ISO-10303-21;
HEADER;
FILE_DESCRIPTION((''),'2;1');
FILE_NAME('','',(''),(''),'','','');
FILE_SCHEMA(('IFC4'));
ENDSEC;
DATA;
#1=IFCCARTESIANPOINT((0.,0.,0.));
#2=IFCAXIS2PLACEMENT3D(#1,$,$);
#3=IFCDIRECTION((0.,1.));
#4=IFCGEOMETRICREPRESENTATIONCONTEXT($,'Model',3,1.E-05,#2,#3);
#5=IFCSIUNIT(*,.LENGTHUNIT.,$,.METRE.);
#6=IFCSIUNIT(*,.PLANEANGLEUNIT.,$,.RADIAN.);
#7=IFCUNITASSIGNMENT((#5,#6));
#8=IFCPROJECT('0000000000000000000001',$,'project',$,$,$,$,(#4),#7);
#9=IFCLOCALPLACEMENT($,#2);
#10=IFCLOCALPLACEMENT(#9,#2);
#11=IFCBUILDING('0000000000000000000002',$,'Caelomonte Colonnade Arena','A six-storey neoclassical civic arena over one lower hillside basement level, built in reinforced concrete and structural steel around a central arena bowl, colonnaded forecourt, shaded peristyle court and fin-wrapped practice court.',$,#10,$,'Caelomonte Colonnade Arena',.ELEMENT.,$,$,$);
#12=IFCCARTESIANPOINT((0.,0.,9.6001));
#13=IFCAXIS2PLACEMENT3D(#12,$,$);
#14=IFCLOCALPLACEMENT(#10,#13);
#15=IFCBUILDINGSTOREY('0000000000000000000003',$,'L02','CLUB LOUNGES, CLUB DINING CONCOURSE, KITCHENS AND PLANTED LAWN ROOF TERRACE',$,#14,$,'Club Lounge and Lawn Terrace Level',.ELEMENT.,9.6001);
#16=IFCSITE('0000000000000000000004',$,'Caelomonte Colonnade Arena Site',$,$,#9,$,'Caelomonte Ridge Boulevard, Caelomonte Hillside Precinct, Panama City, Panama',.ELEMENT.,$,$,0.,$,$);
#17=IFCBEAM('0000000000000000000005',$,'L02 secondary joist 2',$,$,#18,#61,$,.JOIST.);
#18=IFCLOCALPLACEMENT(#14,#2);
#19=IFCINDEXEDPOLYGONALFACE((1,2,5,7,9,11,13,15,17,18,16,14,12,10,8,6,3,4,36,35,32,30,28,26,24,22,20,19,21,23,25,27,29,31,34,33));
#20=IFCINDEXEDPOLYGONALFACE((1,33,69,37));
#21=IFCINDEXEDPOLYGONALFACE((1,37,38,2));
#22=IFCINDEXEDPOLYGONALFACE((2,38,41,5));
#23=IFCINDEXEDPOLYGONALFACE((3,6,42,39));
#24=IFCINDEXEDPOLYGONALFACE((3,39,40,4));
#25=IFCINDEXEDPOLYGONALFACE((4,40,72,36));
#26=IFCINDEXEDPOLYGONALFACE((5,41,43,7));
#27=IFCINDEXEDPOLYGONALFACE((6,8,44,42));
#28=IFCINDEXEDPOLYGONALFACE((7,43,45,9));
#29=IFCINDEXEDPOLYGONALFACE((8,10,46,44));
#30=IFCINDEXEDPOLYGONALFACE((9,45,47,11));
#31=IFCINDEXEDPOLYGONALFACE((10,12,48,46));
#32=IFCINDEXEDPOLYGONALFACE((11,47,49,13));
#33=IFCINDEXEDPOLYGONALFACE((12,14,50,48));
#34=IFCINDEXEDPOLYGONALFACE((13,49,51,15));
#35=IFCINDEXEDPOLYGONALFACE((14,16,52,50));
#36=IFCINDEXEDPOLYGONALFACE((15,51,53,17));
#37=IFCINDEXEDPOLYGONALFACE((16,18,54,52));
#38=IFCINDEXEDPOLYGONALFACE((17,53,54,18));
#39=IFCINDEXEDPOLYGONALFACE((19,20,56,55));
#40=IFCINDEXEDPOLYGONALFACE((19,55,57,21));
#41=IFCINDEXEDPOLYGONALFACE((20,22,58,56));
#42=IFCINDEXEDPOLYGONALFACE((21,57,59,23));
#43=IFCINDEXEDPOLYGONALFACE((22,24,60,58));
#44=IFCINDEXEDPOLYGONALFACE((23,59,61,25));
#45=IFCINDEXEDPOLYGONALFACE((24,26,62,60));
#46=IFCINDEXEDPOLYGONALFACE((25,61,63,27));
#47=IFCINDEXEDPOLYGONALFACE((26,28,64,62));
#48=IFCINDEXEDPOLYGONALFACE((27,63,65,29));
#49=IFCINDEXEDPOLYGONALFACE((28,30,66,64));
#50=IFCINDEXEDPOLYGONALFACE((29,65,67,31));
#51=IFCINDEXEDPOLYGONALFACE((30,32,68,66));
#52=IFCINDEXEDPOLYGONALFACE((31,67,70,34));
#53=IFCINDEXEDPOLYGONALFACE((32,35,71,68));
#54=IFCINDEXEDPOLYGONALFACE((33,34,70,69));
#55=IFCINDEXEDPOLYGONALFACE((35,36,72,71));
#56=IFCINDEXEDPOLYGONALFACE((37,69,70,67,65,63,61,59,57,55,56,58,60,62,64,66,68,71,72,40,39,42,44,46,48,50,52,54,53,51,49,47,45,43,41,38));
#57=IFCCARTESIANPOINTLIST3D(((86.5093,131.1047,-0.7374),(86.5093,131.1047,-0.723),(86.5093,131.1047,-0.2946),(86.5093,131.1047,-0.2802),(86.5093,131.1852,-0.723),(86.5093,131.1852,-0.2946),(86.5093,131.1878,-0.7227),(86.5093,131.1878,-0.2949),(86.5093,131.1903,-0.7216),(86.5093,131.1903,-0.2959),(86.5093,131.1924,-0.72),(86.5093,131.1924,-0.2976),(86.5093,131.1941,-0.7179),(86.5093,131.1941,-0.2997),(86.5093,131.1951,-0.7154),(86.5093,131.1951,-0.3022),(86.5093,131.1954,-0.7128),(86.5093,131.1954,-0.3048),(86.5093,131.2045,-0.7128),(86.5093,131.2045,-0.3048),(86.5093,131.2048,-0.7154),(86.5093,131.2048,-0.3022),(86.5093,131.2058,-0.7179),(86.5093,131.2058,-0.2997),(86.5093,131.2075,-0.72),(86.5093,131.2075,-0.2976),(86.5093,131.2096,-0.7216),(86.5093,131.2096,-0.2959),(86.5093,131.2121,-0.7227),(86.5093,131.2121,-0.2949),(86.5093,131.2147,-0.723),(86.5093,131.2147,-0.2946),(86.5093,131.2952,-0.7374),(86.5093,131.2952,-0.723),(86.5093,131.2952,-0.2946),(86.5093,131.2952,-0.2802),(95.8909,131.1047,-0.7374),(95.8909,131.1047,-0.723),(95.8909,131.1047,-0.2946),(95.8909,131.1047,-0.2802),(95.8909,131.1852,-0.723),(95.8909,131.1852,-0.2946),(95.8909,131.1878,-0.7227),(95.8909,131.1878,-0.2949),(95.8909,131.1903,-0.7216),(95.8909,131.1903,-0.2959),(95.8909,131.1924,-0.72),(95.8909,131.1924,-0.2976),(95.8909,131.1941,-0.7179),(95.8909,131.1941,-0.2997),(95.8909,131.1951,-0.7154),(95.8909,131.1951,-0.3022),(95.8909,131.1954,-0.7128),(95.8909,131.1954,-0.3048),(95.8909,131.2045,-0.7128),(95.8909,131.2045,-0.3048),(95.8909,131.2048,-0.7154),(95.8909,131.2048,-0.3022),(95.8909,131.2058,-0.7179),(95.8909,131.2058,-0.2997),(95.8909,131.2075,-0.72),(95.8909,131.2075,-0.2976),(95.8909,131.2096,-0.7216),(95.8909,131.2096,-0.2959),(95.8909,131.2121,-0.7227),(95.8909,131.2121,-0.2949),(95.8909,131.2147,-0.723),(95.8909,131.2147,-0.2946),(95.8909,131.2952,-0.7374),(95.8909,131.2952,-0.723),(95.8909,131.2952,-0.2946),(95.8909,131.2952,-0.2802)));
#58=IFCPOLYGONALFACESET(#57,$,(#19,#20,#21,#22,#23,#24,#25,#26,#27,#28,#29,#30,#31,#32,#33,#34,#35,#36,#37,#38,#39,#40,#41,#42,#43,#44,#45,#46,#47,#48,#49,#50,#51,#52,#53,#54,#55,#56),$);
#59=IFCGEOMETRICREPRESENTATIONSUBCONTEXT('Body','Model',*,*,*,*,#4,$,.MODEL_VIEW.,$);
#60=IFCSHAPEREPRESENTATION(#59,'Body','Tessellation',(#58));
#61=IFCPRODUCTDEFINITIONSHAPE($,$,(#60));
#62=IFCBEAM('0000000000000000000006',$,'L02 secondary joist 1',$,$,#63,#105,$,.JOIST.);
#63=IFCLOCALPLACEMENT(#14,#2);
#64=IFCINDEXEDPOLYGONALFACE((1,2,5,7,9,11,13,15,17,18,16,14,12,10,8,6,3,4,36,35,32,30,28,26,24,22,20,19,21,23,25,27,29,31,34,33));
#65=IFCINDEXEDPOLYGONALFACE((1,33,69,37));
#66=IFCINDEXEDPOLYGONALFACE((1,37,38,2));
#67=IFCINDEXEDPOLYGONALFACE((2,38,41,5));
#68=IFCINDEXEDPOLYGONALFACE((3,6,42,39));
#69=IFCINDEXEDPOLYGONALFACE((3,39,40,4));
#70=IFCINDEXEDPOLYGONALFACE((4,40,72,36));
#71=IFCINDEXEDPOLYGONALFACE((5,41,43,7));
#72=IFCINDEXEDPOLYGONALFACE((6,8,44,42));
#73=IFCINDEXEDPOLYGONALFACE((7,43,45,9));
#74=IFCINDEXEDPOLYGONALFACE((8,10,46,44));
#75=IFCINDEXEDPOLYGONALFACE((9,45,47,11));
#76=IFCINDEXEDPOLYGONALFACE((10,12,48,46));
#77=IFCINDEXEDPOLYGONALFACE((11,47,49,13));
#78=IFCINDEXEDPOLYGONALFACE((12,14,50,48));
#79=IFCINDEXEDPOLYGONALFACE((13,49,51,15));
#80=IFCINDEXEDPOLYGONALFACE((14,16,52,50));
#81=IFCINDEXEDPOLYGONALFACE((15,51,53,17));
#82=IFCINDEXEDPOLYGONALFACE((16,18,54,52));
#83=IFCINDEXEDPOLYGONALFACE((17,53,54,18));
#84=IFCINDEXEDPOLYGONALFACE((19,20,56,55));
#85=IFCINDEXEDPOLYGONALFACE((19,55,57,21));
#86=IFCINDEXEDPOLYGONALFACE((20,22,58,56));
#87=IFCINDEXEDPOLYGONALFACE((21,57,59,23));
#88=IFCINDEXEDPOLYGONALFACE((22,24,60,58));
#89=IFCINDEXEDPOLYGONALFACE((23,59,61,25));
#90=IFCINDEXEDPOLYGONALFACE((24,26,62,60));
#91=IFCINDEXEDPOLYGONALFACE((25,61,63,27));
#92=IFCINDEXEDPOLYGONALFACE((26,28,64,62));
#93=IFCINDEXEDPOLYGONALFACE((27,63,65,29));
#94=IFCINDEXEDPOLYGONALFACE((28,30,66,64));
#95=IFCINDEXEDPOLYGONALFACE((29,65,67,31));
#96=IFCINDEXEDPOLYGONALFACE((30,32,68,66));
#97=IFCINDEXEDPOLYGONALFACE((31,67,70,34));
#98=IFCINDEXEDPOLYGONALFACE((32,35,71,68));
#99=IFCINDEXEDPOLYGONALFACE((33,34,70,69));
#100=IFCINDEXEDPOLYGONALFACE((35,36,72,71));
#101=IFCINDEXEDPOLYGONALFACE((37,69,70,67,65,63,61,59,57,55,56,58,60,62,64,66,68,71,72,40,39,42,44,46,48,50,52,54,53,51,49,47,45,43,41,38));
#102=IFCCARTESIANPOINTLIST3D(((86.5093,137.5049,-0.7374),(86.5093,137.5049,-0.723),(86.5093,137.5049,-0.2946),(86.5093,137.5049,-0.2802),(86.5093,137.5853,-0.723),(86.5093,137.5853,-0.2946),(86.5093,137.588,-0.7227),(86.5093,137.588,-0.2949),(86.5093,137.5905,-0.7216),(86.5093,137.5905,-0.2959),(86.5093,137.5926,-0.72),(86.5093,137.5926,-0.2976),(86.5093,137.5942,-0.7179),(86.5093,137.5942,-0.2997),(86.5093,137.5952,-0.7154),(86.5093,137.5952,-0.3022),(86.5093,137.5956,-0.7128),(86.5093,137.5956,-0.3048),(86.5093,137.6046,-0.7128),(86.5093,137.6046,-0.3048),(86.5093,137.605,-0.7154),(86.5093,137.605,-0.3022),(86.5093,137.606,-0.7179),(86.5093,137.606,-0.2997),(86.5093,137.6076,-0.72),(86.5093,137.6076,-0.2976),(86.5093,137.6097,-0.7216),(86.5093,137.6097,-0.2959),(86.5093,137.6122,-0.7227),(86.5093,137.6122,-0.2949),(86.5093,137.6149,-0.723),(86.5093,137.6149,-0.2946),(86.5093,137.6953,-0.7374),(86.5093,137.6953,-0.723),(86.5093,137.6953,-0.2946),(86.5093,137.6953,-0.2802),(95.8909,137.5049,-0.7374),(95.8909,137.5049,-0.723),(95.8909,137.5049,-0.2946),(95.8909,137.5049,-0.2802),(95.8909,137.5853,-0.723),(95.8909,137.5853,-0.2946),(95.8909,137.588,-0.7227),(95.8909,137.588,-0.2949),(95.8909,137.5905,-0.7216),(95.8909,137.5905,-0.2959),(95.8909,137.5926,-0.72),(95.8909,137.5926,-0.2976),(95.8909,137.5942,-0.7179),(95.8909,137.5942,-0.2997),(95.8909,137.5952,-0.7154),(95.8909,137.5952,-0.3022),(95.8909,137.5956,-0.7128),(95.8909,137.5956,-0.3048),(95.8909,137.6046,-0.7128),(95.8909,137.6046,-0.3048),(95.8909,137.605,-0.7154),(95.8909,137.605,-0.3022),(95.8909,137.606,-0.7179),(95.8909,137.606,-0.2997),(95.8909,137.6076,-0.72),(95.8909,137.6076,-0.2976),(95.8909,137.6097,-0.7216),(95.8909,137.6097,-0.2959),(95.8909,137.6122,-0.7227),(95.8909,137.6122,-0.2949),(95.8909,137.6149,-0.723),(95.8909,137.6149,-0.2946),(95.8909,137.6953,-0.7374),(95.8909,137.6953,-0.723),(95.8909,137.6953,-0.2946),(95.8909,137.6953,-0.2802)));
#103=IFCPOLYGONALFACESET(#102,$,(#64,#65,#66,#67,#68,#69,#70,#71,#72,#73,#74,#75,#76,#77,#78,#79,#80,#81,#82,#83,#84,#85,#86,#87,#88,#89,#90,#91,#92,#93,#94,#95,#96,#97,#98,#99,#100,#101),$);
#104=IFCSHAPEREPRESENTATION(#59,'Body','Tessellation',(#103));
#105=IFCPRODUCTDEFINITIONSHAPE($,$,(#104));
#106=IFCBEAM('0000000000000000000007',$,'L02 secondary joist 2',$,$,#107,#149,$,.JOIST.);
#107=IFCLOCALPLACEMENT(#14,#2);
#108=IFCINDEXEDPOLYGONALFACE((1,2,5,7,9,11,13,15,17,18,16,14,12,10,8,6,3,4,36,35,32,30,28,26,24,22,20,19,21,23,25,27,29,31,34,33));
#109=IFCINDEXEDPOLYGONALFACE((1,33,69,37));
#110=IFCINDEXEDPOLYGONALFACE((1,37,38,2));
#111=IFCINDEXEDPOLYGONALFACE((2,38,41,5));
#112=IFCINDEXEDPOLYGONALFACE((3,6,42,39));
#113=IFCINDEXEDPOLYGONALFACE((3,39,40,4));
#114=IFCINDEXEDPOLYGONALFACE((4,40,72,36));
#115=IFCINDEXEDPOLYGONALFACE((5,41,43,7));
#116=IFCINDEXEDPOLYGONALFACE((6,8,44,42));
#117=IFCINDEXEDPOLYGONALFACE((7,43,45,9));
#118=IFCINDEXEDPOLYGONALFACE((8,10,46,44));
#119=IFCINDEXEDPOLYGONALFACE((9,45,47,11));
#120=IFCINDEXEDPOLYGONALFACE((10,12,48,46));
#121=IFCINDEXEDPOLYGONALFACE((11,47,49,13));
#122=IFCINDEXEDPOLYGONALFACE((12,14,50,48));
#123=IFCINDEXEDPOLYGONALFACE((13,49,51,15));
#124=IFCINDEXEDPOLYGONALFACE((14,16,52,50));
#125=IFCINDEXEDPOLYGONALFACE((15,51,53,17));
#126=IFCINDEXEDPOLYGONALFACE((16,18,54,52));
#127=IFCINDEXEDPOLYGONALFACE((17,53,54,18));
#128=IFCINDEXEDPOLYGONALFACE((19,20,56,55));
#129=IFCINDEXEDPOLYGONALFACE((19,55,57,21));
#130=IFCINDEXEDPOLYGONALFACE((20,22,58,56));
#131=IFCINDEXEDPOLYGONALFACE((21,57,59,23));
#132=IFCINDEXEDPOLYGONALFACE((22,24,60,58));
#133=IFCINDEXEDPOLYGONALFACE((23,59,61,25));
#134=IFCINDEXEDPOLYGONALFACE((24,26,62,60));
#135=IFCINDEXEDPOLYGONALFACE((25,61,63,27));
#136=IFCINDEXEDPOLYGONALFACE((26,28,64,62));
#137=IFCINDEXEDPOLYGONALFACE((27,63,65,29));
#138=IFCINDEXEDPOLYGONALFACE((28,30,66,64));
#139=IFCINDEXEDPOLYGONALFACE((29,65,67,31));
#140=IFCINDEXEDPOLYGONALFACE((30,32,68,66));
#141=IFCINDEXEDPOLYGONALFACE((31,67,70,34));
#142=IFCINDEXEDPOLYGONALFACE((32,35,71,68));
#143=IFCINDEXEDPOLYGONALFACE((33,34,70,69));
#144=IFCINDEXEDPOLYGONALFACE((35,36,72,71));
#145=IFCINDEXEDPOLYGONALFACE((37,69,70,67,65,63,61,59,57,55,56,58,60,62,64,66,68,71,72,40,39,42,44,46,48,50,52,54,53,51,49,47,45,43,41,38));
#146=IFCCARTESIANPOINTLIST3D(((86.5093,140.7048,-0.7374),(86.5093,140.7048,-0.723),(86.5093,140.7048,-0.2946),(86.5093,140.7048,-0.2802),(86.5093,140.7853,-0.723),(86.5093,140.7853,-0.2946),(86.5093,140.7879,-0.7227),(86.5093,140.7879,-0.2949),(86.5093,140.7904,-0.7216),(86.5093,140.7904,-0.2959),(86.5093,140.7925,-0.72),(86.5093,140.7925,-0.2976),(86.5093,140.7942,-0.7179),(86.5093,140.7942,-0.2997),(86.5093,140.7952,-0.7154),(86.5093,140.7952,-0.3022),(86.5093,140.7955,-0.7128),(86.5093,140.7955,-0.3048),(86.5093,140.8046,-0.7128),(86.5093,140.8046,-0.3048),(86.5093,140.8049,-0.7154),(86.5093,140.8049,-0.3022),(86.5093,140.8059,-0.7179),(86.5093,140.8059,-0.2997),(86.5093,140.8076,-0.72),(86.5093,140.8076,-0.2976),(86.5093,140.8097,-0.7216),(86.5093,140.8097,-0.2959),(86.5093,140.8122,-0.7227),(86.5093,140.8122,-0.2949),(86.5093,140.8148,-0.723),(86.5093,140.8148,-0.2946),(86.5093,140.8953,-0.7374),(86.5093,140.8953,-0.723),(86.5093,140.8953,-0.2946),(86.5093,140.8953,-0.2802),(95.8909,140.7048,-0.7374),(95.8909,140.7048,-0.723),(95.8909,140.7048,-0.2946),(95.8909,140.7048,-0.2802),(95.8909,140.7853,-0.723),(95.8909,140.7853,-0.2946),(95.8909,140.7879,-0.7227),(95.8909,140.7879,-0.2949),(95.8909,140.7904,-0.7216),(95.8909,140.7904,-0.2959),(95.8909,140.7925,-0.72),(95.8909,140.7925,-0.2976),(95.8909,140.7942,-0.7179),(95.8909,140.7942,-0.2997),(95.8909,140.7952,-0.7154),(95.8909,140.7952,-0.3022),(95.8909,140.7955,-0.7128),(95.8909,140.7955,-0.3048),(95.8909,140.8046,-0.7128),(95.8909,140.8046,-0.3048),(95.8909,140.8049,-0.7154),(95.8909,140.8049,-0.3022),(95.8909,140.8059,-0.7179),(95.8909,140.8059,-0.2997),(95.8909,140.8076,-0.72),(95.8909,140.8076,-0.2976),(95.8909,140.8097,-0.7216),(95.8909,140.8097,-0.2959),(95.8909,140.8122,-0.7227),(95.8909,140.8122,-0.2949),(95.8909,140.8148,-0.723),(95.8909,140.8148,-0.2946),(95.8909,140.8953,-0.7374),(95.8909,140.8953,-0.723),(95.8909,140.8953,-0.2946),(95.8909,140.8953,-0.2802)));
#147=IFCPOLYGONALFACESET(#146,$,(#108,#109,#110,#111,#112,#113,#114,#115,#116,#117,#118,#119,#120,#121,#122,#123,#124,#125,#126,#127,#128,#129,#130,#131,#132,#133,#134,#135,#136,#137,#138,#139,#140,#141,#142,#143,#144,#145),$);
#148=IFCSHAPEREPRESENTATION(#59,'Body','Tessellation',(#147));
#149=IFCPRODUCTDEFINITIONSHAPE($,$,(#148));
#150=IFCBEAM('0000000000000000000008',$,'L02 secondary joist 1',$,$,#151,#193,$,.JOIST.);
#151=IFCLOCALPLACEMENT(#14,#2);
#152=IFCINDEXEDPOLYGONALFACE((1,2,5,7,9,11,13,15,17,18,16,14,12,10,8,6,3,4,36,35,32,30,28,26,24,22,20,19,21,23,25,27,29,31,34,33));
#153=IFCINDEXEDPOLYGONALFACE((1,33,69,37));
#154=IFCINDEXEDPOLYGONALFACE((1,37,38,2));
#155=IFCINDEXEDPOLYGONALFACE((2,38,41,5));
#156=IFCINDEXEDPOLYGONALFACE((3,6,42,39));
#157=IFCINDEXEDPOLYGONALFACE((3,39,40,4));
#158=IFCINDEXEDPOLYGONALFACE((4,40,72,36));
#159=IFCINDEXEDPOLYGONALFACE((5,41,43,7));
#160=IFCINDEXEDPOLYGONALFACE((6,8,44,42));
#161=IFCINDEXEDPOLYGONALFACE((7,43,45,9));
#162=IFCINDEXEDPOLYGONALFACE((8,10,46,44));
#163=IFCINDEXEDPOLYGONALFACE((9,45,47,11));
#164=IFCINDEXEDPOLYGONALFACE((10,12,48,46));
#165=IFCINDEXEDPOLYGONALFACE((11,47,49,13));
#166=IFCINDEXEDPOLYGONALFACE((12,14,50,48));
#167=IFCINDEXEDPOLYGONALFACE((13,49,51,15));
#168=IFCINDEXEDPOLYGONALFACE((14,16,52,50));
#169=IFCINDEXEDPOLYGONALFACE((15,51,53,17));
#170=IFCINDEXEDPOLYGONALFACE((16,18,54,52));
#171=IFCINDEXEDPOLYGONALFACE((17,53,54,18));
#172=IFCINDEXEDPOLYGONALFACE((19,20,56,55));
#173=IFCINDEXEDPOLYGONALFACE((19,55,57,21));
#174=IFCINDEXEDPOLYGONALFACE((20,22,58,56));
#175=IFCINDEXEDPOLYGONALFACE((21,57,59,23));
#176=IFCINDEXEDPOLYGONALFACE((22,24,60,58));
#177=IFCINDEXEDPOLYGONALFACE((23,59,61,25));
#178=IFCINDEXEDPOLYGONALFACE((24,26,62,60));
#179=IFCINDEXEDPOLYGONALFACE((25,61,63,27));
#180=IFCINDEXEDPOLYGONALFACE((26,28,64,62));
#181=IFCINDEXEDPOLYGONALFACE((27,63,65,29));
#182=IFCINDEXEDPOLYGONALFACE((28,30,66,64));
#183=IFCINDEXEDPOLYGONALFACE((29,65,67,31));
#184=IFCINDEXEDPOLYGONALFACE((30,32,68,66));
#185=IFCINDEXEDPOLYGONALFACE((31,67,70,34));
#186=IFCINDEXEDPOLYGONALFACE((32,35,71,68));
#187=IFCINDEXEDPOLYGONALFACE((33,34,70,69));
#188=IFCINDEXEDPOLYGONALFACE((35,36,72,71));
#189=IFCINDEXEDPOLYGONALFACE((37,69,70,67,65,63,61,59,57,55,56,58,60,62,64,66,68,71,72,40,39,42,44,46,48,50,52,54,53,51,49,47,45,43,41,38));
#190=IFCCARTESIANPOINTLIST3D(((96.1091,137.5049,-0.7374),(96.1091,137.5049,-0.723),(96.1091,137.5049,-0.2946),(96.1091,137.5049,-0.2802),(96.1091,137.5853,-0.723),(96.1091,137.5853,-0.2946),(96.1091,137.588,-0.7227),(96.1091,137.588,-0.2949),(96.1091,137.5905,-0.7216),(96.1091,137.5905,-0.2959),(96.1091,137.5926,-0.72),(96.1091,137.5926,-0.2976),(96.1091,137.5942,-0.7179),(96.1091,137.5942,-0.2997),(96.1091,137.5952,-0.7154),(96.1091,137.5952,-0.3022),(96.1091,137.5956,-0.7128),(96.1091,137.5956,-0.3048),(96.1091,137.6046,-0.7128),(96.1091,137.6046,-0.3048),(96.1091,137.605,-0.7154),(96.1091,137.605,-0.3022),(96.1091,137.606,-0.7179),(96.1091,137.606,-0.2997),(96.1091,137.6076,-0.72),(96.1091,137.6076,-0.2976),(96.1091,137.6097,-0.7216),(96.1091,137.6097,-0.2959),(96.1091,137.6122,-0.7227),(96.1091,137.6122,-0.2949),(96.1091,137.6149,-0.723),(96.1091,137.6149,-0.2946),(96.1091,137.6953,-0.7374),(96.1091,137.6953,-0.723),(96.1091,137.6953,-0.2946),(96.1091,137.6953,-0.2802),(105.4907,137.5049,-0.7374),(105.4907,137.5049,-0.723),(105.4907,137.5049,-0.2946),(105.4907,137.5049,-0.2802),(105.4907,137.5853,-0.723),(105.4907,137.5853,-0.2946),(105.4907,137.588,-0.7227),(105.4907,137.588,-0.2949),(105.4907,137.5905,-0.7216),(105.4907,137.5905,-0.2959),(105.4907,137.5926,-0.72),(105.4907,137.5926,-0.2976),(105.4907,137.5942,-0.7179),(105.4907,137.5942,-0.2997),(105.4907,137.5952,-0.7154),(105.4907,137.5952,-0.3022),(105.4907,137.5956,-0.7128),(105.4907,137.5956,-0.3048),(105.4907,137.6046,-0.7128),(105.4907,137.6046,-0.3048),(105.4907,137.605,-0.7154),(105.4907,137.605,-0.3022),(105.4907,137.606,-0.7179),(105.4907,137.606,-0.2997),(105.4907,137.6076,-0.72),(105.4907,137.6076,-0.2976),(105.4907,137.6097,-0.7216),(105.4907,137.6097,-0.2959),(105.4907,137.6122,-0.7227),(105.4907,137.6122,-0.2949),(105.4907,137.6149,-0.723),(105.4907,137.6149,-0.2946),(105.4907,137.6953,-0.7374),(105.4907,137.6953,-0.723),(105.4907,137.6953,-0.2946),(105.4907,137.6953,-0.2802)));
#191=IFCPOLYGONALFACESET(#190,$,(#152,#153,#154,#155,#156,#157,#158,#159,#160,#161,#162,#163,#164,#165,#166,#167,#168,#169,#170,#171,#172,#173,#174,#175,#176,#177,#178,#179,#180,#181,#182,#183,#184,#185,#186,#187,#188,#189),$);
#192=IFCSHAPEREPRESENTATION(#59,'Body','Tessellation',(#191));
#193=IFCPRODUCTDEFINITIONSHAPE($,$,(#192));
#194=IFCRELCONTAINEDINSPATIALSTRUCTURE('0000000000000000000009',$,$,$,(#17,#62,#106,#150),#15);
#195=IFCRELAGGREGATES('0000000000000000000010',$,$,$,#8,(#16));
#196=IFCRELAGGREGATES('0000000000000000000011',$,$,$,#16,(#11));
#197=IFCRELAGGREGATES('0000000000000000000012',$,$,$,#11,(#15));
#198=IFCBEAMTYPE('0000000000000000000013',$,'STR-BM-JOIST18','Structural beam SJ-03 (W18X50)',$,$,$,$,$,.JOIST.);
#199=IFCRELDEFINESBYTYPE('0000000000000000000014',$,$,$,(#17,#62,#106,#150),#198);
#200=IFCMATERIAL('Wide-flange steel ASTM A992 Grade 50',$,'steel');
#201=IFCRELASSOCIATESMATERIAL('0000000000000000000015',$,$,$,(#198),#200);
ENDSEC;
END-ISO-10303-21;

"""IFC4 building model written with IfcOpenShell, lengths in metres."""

from ifc_helpers import new_model, si_unit, direction, frame, origin, origin_2d, place, context, subcontext, project, spatial, i_section, extrude, material, material_profile, profile_set, type_object, element, save


model = new_model("IFC4")

# Units and contexts
model_context = context("Model", 3, precision=1e-05, world=origin(), true_north=direction((0.0, 1.0)))
body_context = subcontext(model_context, "Body", "Model", "MODEL_VIEW")
ifc_project = project(units=[si_unit("LENGTHUNIT", "METRE"), si_unit("PLANEANGLEUNIT", "RADIAN")], contexts=[model_context])

# Site, building, storey
site_placement = place(None, origin())
site = spatial("IfcSite", under=ifc_project, at=site_placement, Name="Caelomonte Colonnade Arena Site", LongName="Caelomonte Ridge Boulevard, Caelomonte Hillside Precinct, Panama City, Panama", CompositionType="ELEMENT", RefElevation=0.0)
building_placement = place(site_placement, origin())
building = spatial("IfcBuilding", under=site, at=building_placement, Name="Caelomonte Colonnade Arena", Description="A six-storey neoclassical civic arena over one lower hillside basement level, built in reinforced concrete and structural steel around a central arena bowl, colonnaded forecourt, shaded peristyle court and fin-wrapped practice court.", LongName="Caelomonte Colonnade Arena", CompositionType="ELEMENT")
storey_placement = place(building_placement, frame((0.0, 0.0, 9.6001)))
storey = spatial("IfcBuildingStorey", under=building, at=storey_placement, Name="L02", Description="CLUB LOUNGES, CLUB DINING CONCOURSE, KITCHENS AND PLANTED LAWN ROOF TERRACE", LongName="Club Lounge and Lawn Terrace Level", CompositionType="ELEMENT", Elevation=9.6001)

# Beams
ifc_material_1 = material(Name="Wide-flange steel ASTM A992 Grade 50", Category="steel")
ifc_material_profile_1 = material_profile(ifc_material_1, i_section(OverallWidth=0.1904, OverallDepth=0.4573, WebThickness=0.009, FlangeThickness=0.0144, FilletRadius=0.0103, at=origin_2d()), Name="W18X50")
ifc_profile_set_1 = profile_set([ifc_material_profile_1], Name="Wide-flange steel ASTM A992 Grade 50")
beam_type_1 = type_object("IfcBeamType", Name="STR-BM-JOIST18", Description="Structural beam SJ-03 (W18X50)", PredefinedType="JOIST", material=ifc_profile_set_1)
for number, where, z_axis, x_axis, name in (
    (1, (86.5093, 131.2, -0.5088), (1.0, 0.0, 0.0), (0.0, 1.0, 0.0), "L02 secondary joist 2"),
    (2, (86.5093, 137.6001, -0.5088), (1.0, 0.0, 0.0), (0.0, 1.0, 0.0), "L02 secondary joist 1"),
    (3, (86.5093, 140.8, -0.5088), (1.0, 0.0, 0.0), (0.0, 1.0, 0.0), "L02 secondary joist 2"),
    (4, (96.1091, 137.6001, -0.5088), (1.0, 0.0, 0.0), (0.0, 1.0, 0.0), "L02 secondary joist 1"),
):
    element("IfcBeam", number, at=place(storey_placement, frame(where, z_axis=z_axis, x_axis=x_axis)), inside=storey, type_object=beam_type_1, Name=name, PredefinedType="JOIST", context=body_context, shape_type="SweptSolid", body=[
        extrude(i_section(OverallWidth=0.1904, OverallDepth=0.4573, WebThickness=0.009, FlangeThickness=0.0144, FilletRadius=0.0103, at=origin_2d()), origin(), (0.0, 0.0, 1.0), 9.3816),
    ])

save(model, "model.ifc")
